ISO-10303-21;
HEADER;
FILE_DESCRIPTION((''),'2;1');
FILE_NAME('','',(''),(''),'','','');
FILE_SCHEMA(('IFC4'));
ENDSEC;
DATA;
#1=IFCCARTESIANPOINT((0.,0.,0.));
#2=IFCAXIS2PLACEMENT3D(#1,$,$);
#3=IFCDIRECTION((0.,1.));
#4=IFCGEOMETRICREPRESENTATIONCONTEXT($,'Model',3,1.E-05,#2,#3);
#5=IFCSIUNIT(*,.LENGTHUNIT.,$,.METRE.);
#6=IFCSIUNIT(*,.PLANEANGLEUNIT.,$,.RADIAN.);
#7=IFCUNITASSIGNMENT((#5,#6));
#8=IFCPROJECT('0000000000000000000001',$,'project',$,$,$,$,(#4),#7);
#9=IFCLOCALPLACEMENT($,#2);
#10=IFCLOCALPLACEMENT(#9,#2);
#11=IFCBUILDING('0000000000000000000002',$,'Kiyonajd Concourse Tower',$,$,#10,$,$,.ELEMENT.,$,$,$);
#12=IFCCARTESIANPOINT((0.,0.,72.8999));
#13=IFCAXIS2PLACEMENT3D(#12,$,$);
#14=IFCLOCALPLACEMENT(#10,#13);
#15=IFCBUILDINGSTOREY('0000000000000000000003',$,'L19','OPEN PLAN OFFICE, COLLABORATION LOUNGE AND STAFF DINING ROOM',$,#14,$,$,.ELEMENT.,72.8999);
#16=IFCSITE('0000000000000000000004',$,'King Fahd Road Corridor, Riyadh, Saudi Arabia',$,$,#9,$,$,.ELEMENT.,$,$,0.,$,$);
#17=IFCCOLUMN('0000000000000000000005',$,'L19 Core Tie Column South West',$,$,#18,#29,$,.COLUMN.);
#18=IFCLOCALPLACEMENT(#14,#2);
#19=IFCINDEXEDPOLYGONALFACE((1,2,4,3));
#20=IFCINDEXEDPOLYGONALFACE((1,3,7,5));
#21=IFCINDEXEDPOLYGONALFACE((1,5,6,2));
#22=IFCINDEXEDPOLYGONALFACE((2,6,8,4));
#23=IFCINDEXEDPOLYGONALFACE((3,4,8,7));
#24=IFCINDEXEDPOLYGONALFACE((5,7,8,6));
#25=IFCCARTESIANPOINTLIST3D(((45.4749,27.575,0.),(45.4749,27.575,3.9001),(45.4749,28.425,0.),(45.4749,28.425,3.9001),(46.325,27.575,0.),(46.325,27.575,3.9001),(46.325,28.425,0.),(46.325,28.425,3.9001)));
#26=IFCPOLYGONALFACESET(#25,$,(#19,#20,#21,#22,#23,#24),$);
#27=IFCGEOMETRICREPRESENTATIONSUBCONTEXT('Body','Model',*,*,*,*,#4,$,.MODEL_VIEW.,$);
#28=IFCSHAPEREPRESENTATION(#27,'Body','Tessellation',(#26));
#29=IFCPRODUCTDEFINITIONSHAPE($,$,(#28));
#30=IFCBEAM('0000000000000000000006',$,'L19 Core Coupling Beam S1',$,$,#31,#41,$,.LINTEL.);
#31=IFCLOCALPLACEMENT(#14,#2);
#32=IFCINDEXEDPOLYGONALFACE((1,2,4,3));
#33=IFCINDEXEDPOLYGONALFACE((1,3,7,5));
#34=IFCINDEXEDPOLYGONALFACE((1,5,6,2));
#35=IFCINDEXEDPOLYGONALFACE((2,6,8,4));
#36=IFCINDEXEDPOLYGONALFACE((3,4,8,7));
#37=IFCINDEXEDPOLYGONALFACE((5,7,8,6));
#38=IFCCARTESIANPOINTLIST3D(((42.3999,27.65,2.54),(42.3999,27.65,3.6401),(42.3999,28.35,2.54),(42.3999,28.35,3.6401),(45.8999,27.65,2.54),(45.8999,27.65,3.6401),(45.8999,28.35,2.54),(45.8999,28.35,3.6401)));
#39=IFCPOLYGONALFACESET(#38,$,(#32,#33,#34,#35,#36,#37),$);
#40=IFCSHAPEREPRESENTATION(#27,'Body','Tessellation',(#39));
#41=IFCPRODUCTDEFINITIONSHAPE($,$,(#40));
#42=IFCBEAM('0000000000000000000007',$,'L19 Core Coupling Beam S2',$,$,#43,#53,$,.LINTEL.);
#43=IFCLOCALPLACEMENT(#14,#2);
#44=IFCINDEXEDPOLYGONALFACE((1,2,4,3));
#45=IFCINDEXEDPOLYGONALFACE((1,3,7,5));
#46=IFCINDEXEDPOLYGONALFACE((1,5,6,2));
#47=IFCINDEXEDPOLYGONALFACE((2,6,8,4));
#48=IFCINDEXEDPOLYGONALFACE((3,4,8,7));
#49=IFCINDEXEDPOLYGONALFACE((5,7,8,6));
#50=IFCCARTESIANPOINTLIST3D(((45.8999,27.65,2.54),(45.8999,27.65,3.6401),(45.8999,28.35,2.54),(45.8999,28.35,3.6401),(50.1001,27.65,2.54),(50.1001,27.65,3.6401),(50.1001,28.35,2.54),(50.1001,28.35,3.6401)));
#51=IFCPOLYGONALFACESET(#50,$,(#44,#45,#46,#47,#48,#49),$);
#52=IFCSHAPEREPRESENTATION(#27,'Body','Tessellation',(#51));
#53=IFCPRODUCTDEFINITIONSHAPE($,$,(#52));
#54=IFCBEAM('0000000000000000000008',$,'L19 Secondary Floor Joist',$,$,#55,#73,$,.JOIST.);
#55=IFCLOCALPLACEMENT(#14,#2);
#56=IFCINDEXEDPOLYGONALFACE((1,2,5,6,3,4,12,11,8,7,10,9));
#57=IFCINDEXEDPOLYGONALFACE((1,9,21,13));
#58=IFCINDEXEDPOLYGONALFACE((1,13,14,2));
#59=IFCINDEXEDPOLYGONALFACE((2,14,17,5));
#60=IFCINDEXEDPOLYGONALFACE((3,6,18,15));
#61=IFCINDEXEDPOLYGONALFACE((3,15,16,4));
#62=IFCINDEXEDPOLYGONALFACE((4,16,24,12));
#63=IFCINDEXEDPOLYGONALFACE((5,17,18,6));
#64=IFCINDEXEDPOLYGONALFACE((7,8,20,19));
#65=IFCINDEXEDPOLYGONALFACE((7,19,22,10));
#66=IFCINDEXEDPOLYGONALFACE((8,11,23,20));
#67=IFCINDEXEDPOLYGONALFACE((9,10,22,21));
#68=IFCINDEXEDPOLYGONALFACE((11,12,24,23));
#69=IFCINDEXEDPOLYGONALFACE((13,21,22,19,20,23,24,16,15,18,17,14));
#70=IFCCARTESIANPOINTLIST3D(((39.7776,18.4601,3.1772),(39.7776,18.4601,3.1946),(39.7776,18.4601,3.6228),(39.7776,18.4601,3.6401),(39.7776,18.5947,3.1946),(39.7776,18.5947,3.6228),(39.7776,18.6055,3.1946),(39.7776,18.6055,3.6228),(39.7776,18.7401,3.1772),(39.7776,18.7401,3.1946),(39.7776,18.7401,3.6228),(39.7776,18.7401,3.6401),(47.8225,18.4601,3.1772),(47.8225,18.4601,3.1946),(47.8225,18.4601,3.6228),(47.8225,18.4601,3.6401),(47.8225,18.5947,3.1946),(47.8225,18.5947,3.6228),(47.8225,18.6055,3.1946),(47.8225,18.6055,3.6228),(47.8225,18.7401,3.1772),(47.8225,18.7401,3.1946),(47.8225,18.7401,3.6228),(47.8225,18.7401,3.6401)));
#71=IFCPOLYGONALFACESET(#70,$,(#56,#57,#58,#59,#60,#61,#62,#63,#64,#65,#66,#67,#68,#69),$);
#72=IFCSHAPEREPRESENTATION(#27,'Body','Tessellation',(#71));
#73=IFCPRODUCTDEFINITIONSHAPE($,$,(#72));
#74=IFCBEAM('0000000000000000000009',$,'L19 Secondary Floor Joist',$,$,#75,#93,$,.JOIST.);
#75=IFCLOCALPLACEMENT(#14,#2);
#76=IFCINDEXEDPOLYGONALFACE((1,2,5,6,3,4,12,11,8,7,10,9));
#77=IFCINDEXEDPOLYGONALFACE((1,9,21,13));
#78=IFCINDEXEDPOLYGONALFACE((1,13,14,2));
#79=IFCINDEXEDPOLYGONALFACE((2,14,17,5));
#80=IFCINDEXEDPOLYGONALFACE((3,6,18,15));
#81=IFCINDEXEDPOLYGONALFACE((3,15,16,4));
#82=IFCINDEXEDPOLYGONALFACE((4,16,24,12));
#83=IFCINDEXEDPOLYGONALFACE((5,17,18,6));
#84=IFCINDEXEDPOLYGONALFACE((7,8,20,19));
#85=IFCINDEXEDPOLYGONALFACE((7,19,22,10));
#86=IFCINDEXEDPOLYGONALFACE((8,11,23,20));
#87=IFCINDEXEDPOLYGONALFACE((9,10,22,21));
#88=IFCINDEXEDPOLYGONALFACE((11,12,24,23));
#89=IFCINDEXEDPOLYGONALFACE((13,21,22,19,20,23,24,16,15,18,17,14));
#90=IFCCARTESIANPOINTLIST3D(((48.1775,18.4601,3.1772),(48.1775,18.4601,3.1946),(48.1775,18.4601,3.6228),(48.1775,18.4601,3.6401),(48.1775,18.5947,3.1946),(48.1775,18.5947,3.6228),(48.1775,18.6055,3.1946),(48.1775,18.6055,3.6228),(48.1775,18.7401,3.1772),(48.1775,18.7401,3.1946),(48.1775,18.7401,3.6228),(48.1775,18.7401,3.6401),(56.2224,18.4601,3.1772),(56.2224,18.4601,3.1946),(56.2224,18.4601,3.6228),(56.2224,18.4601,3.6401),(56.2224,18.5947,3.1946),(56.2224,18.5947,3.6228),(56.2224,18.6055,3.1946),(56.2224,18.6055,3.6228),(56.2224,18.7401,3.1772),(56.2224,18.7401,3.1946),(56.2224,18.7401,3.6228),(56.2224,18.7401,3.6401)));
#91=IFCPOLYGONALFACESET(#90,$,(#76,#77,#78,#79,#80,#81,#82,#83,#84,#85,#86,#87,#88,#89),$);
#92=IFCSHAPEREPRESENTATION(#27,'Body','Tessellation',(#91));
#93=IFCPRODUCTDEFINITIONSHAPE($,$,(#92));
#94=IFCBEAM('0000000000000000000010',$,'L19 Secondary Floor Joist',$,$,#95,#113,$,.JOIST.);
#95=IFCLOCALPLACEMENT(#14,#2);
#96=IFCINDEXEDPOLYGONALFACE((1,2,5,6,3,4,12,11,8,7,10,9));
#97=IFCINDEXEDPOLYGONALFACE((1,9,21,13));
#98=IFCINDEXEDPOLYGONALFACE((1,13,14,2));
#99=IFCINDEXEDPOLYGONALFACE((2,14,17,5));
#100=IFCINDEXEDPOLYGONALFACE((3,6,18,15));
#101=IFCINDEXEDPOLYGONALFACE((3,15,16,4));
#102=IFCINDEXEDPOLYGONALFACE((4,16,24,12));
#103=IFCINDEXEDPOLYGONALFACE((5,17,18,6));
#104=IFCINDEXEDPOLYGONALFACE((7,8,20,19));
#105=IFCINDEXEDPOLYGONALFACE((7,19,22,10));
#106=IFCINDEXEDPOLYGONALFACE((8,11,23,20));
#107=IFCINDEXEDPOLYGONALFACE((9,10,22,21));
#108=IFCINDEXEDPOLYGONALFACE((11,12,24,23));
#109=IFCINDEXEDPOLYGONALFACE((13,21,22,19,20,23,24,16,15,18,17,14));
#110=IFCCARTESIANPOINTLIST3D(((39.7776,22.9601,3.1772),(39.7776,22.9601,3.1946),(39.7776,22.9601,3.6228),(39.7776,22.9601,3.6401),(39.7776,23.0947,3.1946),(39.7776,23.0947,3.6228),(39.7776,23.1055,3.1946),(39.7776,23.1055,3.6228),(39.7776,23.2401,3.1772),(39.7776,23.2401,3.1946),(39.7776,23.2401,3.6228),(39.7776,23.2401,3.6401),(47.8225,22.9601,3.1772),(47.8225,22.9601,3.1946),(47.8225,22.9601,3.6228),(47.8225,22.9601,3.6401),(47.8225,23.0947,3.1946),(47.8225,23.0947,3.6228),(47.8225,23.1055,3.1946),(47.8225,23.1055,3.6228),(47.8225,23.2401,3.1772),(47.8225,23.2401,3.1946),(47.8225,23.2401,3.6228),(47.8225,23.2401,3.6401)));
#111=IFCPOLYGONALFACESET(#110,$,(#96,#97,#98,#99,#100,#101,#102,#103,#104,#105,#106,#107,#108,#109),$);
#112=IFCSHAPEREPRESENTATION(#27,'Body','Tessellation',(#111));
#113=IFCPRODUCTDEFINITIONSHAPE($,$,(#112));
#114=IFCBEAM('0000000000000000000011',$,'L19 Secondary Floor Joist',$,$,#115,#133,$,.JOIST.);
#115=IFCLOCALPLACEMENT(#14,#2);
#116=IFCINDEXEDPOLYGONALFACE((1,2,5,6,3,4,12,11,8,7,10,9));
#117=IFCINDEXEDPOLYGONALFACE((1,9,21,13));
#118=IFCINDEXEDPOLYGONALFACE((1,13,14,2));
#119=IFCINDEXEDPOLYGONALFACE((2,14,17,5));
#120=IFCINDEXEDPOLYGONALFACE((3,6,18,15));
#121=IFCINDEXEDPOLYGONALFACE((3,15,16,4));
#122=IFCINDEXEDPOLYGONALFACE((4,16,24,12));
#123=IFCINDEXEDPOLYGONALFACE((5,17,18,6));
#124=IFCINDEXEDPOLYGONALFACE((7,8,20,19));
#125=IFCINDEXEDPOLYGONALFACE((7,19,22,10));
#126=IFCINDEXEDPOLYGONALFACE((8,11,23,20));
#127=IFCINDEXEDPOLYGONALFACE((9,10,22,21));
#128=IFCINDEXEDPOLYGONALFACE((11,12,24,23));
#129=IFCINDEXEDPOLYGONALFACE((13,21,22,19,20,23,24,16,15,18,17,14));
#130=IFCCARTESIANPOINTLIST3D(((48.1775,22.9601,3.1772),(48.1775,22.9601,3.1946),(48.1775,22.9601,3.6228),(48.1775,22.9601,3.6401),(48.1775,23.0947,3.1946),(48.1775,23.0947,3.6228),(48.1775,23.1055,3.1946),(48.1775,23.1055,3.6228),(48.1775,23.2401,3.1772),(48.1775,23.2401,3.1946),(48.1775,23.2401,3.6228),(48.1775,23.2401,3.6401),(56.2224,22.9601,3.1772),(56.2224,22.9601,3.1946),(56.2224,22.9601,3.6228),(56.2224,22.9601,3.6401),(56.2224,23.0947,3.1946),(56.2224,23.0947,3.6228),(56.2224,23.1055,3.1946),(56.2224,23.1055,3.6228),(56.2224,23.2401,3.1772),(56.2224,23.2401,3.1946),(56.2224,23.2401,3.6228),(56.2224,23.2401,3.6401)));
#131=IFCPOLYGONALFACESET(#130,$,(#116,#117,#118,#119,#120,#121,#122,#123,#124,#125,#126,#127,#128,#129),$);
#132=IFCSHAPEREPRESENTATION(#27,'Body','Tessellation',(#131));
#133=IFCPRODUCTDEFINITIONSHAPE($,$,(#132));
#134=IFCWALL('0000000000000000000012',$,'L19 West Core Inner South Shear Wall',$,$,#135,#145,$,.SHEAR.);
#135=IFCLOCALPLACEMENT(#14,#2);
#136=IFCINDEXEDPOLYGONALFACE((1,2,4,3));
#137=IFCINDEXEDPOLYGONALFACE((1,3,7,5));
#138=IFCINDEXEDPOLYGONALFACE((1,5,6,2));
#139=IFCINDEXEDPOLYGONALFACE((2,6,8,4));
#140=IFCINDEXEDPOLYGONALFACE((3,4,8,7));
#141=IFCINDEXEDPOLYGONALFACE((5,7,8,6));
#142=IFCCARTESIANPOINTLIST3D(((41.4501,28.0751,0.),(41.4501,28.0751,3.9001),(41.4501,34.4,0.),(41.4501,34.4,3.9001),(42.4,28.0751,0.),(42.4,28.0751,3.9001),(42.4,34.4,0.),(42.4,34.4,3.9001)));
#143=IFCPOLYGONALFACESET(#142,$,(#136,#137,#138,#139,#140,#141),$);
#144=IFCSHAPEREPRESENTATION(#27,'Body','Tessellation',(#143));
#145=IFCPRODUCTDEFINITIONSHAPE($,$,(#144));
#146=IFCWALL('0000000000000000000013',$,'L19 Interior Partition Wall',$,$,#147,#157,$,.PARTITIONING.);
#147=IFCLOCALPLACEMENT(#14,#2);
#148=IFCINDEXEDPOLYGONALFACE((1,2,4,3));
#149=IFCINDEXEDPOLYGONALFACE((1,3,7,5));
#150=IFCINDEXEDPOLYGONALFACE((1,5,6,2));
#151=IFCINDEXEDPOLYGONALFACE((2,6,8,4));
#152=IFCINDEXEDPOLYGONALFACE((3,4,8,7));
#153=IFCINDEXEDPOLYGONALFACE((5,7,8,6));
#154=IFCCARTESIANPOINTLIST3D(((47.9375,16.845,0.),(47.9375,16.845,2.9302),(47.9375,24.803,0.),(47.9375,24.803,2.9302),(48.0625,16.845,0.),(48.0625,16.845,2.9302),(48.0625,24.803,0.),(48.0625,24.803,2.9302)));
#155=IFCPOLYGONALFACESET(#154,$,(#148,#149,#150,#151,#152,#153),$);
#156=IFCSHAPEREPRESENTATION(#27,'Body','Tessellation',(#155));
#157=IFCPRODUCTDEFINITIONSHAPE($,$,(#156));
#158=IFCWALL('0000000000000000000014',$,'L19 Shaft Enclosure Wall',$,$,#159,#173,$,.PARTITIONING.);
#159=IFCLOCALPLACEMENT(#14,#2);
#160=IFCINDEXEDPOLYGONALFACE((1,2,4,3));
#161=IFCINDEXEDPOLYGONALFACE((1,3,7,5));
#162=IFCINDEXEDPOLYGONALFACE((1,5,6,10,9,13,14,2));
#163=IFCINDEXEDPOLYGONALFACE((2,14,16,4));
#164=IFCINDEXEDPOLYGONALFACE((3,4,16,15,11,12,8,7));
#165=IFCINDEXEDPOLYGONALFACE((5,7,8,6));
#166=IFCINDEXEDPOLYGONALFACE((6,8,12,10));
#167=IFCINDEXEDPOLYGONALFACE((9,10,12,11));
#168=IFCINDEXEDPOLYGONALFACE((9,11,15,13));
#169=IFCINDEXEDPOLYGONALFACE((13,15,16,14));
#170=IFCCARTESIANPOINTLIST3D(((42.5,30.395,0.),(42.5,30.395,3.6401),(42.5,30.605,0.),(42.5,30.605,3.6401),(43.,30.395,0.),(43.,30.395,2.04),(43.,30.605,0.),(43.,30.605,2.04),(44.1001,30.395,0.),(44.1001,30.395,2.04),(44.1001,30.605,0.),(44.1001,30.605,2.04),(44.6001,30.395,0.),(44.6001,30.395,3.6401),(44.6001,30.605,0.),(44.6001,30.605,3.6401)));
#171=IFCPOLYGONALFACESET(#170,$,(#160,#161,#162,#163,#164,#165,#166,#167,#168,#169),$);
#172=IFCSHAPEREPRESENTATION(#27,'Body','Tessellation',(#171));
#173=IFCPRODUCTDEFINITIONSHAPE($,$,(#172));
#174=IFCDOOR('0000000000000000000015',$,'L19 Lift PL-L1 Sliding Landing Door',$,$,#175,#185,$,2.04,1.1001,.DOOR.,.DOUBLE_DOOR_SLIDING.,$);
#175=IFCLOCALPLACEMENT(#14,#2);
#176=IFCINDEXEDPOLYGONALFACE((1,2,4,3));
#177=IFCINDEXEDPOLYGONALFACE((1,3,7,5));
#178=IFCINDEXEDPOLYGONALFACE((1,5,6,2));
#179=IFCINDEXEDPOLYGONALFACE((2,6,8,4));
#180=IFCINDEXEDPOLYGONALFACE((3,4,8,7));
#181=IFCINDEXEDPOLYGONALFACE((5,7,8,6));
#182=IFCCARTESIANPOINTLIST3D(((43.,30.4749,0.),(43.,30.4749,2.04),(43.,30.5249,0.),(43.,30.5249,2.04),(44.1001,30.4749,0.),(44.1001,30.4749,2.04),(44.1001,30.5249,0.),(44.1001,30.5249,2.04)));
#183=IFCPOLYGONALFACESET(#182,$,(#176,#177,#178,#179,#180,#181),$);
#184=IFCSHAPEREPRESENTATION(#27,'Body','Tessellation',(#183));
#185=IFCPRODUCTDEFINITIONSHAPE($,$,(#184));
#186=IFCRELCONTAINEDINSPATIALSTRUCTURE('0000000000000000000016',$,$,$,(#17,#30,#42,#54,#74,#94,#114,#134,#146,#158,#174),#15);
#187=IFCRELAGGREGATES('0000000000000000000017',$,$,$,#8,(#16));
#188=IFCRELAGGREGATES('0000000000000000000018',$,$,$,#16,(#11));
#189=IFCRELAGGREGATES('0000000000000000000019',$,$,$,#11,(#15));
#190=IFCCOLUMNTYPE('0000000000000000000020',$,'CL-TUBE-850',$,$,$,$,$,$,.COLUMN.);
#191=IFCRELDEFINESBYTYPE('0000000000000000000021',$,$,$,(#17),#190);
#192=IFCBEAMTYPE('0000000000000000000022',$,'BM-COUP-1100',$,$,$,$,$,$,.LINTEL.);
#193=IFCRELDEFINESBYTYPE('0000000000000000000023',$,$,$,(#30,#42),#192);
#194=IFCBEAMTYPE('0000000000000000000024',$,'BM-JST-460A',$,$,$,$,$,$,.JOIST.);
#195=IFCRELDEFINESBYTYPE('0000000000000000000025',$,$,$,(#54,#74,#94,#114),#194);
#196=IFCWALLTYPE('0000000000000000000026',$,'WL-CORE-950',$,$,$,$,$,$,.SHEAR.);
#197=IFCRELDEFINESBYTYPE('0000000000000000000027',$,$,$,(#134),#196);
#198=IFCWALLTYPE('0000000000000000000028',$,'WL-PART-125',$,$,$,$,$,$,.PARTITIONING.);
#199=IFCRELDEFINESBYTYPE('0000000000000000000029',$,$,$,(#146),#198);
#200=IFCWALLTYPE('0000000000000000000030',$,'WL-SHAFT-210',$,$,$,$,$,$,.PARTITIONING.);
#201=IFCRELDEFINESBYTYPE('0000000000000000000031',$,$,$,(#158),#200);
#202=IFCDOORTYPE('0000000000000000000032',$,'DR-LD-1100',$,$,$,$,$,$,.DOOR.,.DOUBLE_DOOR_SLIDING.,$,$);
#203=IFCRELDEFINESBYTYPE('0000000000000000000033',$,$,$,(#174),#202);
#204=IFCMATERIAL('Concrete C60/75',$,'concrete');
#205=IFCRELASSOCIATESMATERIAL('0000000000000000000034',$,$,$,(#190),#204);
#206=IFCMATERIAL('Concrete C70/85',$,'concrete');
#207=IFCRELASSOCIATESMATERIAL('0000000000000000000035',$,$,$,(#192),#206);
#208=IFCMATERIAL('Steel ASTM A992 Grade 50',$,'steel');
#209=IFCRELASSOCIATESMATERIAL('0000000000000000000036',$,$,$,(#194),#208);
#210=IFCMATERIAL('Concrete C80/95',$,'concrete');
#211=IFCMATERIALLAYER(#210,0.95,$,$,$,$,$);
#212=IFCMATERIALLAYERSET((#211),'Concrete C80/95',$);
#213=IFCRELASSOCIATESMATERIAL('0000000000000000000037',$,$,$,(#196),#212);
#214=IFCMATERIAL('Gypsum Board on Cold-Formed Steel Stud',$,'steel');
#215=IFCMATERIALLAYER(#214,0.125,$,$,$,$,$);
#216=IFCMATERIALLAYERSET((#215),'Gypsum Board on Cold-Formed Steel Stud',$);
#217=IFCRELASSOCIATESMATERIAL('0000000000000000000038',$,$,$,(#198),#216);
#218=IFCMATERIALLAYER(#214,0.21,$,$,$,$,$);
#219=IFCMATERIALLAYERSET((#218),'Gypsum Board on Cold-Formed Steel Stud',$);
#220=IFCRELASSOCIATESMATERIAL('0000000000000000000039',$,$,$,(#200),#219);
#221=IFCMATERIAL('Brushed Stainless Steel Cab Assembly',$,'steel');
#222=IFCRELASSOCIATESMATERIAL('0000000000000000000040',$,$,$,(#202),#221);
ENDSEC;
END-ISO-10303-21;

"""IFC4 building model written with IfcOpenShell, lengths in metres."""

from ifc_helpers import new_model, si_unit, direction, frame, frame_2d, origin, origin_2d, place, context, subcontext, project, spatial, rectangle, i_section, extrude, material, layer, layer_set, material_profile, profile_set, type_object, element, fill, save


model = new_model("IFC4")

# Units and contexts
model_context = context("Model", 3, precision=1e-05, world=origin(), true_north=direction((0.0, 1.0)))
body_context = subcontext(model_context, "Body", "Model", "MODEL_VIEW")
ifc_project = project(units=[si_unit("LENGTHUNIT", "METRE"), si_unit("PLANEANGLEUNIT", "RADIAN")], contexts=[model_context])

# Site, building, storey
site_placement = place(None, origin())
site = spatial("IfcSite", under=ifc_project, at=site_placement, Name="King Fahd Road Corridor, Riyadh, Saudi Arabia", CompositionType="ELEMENT", RefElevation=0.0)
building_placement = place(site_placement, origin())
building = spatial("IfcBuilding", under=site, at=building_placement, Name="Kiyonajd Concourse Tower", CompositionType="ELEMENT")
storey_placement = place(building_placement, frame((0.0, 0.0, 72.8999)))
storey = spatial("IfcBuildingStorey", under=building, at=storey_placement, Name="L19", Description="OPEN PLAN OFFICE, COLLABORATION LOUNGE AND STAFF DINING ROOM", CompositionType="ELEMENT", Elevation=72.8999)

# Column
ifc_material_1 = material(Name="Concrete C60/75", Category="concrete")
ifc_material_profile_1 = material_profile(ifc_material_1, rectangle(XDim=0.8501, YDim=0.8501, at=origin_2d()), Name="RC-850x850")
ifc_profile_set_1 = profile_set([ifc_material_profile_1], Name="Concrete C60/75")
column_type = type_object("IfcColumnType", Name="CL-TUBE-850", PredefinedType="COLUMN", material=ifc_profile_set_1)
column_placement = place(storey_placement, frame((45.8999, 28.0, 0.0), z_axis=(0.0, 0.0, 1.0), x_axis=(1.0, 0.0, 0.0)))
element("IfcColumn", 1, at=column_placement, inside=storey, type_object=column_type, Name="L19 Core Tie Column South West", PredefinedType="COLUMN", context=body_context, shape_type="SweptSolid", body=[
    extrude(rectangle(XDim=0.8501, YDim=0.8501, at=origin_2d()), origin(), (0.0, 0.0, 1.0), 3.9001),
])

# Beams
ifc_material_2 = material(Name="Concrete C70/85", Category="concrete")
ifc_material_profile_2 = material_profile(ifc_material_2, rectangle(XDim=0.7, YDim=1.1001, at=origin_2d()), Name="RCBM-700x1100")
ifc_profile_set_2 = profile_set([ifc_material_profile_2], Name="Concrete C70/85")
beam_type_1 = type_object("IfcBeamType", Name="BM-COUP-1100", PredefinedType="LINTEL", material=ifc_profile_set_2)
beam_1_placement = place(storey_placement, frame((42.3999, 28.0, 3.0901), z_axis=(1.0, 0.0, 0.0), x_axis=(0.0, 1.0, 0.0)))
element("IfcBeam", 2, at=beam_1_placement, inside=storey, type_object=beam_type_1, Name="L19 Core Coupling Beam S1", PredefinedType="LINTEL", context=body_context, shape_type="SweptSolid", body=[
    extrude(rectangle(XDim=0.7, YDim=1.1001, at=origin_2d()), origin(), (0.0, 0.0, 1.0), 3.5),
])
beam_2_placement = place(storey_placement, frame((45.8999, 28.0, 3.0901), z_axis=(1.0, 0.0, 0.0), x_axis=(0.0, 1.0, 0.0)))
element("IfcBeam", 3, at=beam_2_placement, inside=storey, type_object=beam_type_1, Name="L19 Core Coupling Beam S2", PredefinedType="LINTEL", context=body_context, shape_type="SweptSolid", body=[
    extrude(rectangle(XDim=0.7, YDim=1.1001, at=origin_2d()), origin(), (0.0, 0.0, 1.0), 4.2002),
])
ifc_material_3 = material(Name="Steel ASTM A992 Grade 50", Category="steel")
ifc_material_profile_3 = material_profile(ifc_material_3, i_section(OverallWidth=0.28, OverallDepth=0.4629, WebThickness=0.0107, FlangeThickness=0.0173, at=origin_2d()), Name="W460X113")
ifc_profile_set_3 = profile_set([ifc_material_profile_3], Name="Steel ASTM A992 Grade 50")
beam_type_2 = type_object("IfcBeamType", Name="BM-JST-460A", PredefinedType="JOIST", material=ifc_profile_set_3)
for number, where, z_axis, x_axis, name in (
    (4, (39.7776, 18.6001, 3.4087), (1.0, 0.0, 0.0), (0.0, 1.0, 0.0), "L19 Secondary Floor Joist"),
    (5, (48.1775, 18.6001, 3.4087), (1.0, 0.0, 0.0), (0.0, 1.0, 0.0), "L19 Secondary Floor Joist"),
    (6, (39.7776, 23.1001, 3.4087), (1.0, 0.0, 0.0), (0.0, 1.0, 0.0), "L19 Secondary Floor Joist"),
    (7, (48.1775, 23.1001, 3.4087), (1.0, 0.0, 0.0), (0.0, 1.0, 0.0), "L19 Secondary Floor Joist"),
):
    element("IfcBeam", number, at=place(storey_placement, frame(where, z_axis=z_axis, x_axis=x_axis)), inside=storey, type_object=beam_type_2, Name=name, PredefinedType="JOIST", context=body_context, shape_type="SweptSolid", body=[
        extrude(i_section(OverallWidth=0.28, OverallDepth=0.4629, WebThickness=0.0107, FlangeThickness=0.0173, at=origin_2d()), origin(), (0.0, 0.0, 1.0), 8.0449),
    ])

# Walls
ifc_material_4 = material(Name="Concrete C80/95", Category="concrete")
ifc_layer_1 = layer(ifc_material_4, 0.95)
ifc_layer_set_1 = layer_set([ifc_layer_1], Name="Concrete C80/95")
wall_type_1 = type_object("IfcWallType", Name="WL-CORE-950", PredefinedType="SHEAR", material=ifc_layer_set_1)
wall_1_placement = place(storey_placement, frame((41.925, 28.075, 0.0), z_axis=(0.0, 0.0, 1.0), x_axis=(0.0, 1.0, 0.0)))
element("IfcWall", 8, at=wall_1_placement, inside=storey, type_object=wall_type_1, Name="L19 West Core Inner South Shear Wall", PredefinedType="SHEAR", context=body_context, shape_type="SweptSolid", body=[
    extrude(rectangle(XDim=6.325, YDim=0.95, at=frame_2d((3.1626, 0.0))), origin(), (0.0, 0.0, 1.0), 3.9001),
])
ifc_material_5 = material(Name="Gypsum Board on Cold-Formed Steel Stud", Category="steel")
ifc_layer_2 = layer(ifc_material_5, 0.125)
ifc_layer_set_2 = layer_set([ifc_layer_2], Name="Gypsum Board on Cold-Formed Steel Stud")
wall_type_2 = type_object("IfcWallType", Name="WL-PART-125", PredefinedType="PARTITIONING", material=ifc_layer_set_2)
wall_2_placement = place(storey_placement, frame((48.0, 16.845, 0.0), z_axis=(0.0, 0.0, 1.0), x_axis=(0.0, 1.0, 0.0)))
element("IfcWall", 9, at=wall_2_placement, inside=storey, type_object=wall_type_2, Name="L19 Interior Partition Wall", PredefinedType="PARTITIONING", context=body_context, shape_type="SweptSolid", body=[
    extrude(rectangle(XDim=7.958, YDim=0.125, at=frame_2d((3.979, 0.0))), origin(), (0.0, 0.0, 1.0), 2.9302),
])

# Wall, opening, door
ifc_layer_3 = layer(ifc_material_5, 0.21)
ifc_layer_set_3 = layer_set([ifc_layer_3], Name="Gypsum Board on Cold-Formed Steel Stud")
wall_type_3 = type_object("IfcWallType", Name="WL-SHAFT-210", PredefinedType="PARTITIONING", material=ifc_layer_set_3)
wall_3_placement = place(storey_placement, frame((42.5, 30.5, 0.0), z_axis=(0.0, 0.0, 1.0), x_axis=(1.0, 0.0, 0.0)))
wall_3 = element("IfcWall", 10, at=wall_3_placement, inside=storey, type_object=wall_type_3, Name="L19 Shaft Enclosure Wall", PredefinedType="PARTITIONING", context=body_context, shape_type="SweptSolid", body=[
    extrude(rectangle(XDim=2.1001, YDim=0.21, at=frame_2d((1.05, 0.0))), origin(), (0.0, 0.0, 1.0), 3.6401),
])
opening_1_placement = place(wall_3_placement, frame((0.5, 0.0, 0.0)))
opening_1 = element("IfcOpeningElement", 11, at=opening_1_placement, cuts=wall_3, PredefinedType="OPENING", context=body_context, shape_type="SweptSolid", body=[
    extrude(rectangle(XDim=1.1001, YDim=2.04, at=frame_2d((0.55, 1.02))), frame((0.0, 0.115, 0.0), z_axis=(0.0, -1.0, 0.0), x_axis=(1.0, 0.0, 0.0)), (0.0, 0.0, 1.0), 0.23),
])
ifc_material_6 = material(Name="Brushed Stainless Steel Cab Assembly", Category="steel")
door_type_1 = type_object("IfcDoorType", Name="DR-LD-1100", OperationType="DOUBLE_DOOR_SLIDING", PredefinedType="DOOR", material=ifc_material_6)
door_1_placement = place(opening_1_placement, origin())
door_1 = element("IfcDoor", 12, at=door_1_placement, inside=storey, type_object=door_type_1, Name="L19 Lift PL-L1 Sliding Landing Door", OperationType="DOUBLE_DOOR_SLIDING", OverallHeight=2.04, OverallWidth=1.1001, PredefinedType="DOOR", context=body_context, shape_type="SweptSolid", body=[
    extrude(rectangle(XDim=1.1001, YDim=2.04, at=frame_2d((0.55, 1.02))), frame((0.0, 0.0249, 0.0), z_axis=(0.0, -1.0, 0.0), x_axis=(1.0, 0.0, 0.0)), (0.0, 0.0, 1.0), 0.05),
])
fill(opening_1, door_1)

save(model, "model.ifc")
